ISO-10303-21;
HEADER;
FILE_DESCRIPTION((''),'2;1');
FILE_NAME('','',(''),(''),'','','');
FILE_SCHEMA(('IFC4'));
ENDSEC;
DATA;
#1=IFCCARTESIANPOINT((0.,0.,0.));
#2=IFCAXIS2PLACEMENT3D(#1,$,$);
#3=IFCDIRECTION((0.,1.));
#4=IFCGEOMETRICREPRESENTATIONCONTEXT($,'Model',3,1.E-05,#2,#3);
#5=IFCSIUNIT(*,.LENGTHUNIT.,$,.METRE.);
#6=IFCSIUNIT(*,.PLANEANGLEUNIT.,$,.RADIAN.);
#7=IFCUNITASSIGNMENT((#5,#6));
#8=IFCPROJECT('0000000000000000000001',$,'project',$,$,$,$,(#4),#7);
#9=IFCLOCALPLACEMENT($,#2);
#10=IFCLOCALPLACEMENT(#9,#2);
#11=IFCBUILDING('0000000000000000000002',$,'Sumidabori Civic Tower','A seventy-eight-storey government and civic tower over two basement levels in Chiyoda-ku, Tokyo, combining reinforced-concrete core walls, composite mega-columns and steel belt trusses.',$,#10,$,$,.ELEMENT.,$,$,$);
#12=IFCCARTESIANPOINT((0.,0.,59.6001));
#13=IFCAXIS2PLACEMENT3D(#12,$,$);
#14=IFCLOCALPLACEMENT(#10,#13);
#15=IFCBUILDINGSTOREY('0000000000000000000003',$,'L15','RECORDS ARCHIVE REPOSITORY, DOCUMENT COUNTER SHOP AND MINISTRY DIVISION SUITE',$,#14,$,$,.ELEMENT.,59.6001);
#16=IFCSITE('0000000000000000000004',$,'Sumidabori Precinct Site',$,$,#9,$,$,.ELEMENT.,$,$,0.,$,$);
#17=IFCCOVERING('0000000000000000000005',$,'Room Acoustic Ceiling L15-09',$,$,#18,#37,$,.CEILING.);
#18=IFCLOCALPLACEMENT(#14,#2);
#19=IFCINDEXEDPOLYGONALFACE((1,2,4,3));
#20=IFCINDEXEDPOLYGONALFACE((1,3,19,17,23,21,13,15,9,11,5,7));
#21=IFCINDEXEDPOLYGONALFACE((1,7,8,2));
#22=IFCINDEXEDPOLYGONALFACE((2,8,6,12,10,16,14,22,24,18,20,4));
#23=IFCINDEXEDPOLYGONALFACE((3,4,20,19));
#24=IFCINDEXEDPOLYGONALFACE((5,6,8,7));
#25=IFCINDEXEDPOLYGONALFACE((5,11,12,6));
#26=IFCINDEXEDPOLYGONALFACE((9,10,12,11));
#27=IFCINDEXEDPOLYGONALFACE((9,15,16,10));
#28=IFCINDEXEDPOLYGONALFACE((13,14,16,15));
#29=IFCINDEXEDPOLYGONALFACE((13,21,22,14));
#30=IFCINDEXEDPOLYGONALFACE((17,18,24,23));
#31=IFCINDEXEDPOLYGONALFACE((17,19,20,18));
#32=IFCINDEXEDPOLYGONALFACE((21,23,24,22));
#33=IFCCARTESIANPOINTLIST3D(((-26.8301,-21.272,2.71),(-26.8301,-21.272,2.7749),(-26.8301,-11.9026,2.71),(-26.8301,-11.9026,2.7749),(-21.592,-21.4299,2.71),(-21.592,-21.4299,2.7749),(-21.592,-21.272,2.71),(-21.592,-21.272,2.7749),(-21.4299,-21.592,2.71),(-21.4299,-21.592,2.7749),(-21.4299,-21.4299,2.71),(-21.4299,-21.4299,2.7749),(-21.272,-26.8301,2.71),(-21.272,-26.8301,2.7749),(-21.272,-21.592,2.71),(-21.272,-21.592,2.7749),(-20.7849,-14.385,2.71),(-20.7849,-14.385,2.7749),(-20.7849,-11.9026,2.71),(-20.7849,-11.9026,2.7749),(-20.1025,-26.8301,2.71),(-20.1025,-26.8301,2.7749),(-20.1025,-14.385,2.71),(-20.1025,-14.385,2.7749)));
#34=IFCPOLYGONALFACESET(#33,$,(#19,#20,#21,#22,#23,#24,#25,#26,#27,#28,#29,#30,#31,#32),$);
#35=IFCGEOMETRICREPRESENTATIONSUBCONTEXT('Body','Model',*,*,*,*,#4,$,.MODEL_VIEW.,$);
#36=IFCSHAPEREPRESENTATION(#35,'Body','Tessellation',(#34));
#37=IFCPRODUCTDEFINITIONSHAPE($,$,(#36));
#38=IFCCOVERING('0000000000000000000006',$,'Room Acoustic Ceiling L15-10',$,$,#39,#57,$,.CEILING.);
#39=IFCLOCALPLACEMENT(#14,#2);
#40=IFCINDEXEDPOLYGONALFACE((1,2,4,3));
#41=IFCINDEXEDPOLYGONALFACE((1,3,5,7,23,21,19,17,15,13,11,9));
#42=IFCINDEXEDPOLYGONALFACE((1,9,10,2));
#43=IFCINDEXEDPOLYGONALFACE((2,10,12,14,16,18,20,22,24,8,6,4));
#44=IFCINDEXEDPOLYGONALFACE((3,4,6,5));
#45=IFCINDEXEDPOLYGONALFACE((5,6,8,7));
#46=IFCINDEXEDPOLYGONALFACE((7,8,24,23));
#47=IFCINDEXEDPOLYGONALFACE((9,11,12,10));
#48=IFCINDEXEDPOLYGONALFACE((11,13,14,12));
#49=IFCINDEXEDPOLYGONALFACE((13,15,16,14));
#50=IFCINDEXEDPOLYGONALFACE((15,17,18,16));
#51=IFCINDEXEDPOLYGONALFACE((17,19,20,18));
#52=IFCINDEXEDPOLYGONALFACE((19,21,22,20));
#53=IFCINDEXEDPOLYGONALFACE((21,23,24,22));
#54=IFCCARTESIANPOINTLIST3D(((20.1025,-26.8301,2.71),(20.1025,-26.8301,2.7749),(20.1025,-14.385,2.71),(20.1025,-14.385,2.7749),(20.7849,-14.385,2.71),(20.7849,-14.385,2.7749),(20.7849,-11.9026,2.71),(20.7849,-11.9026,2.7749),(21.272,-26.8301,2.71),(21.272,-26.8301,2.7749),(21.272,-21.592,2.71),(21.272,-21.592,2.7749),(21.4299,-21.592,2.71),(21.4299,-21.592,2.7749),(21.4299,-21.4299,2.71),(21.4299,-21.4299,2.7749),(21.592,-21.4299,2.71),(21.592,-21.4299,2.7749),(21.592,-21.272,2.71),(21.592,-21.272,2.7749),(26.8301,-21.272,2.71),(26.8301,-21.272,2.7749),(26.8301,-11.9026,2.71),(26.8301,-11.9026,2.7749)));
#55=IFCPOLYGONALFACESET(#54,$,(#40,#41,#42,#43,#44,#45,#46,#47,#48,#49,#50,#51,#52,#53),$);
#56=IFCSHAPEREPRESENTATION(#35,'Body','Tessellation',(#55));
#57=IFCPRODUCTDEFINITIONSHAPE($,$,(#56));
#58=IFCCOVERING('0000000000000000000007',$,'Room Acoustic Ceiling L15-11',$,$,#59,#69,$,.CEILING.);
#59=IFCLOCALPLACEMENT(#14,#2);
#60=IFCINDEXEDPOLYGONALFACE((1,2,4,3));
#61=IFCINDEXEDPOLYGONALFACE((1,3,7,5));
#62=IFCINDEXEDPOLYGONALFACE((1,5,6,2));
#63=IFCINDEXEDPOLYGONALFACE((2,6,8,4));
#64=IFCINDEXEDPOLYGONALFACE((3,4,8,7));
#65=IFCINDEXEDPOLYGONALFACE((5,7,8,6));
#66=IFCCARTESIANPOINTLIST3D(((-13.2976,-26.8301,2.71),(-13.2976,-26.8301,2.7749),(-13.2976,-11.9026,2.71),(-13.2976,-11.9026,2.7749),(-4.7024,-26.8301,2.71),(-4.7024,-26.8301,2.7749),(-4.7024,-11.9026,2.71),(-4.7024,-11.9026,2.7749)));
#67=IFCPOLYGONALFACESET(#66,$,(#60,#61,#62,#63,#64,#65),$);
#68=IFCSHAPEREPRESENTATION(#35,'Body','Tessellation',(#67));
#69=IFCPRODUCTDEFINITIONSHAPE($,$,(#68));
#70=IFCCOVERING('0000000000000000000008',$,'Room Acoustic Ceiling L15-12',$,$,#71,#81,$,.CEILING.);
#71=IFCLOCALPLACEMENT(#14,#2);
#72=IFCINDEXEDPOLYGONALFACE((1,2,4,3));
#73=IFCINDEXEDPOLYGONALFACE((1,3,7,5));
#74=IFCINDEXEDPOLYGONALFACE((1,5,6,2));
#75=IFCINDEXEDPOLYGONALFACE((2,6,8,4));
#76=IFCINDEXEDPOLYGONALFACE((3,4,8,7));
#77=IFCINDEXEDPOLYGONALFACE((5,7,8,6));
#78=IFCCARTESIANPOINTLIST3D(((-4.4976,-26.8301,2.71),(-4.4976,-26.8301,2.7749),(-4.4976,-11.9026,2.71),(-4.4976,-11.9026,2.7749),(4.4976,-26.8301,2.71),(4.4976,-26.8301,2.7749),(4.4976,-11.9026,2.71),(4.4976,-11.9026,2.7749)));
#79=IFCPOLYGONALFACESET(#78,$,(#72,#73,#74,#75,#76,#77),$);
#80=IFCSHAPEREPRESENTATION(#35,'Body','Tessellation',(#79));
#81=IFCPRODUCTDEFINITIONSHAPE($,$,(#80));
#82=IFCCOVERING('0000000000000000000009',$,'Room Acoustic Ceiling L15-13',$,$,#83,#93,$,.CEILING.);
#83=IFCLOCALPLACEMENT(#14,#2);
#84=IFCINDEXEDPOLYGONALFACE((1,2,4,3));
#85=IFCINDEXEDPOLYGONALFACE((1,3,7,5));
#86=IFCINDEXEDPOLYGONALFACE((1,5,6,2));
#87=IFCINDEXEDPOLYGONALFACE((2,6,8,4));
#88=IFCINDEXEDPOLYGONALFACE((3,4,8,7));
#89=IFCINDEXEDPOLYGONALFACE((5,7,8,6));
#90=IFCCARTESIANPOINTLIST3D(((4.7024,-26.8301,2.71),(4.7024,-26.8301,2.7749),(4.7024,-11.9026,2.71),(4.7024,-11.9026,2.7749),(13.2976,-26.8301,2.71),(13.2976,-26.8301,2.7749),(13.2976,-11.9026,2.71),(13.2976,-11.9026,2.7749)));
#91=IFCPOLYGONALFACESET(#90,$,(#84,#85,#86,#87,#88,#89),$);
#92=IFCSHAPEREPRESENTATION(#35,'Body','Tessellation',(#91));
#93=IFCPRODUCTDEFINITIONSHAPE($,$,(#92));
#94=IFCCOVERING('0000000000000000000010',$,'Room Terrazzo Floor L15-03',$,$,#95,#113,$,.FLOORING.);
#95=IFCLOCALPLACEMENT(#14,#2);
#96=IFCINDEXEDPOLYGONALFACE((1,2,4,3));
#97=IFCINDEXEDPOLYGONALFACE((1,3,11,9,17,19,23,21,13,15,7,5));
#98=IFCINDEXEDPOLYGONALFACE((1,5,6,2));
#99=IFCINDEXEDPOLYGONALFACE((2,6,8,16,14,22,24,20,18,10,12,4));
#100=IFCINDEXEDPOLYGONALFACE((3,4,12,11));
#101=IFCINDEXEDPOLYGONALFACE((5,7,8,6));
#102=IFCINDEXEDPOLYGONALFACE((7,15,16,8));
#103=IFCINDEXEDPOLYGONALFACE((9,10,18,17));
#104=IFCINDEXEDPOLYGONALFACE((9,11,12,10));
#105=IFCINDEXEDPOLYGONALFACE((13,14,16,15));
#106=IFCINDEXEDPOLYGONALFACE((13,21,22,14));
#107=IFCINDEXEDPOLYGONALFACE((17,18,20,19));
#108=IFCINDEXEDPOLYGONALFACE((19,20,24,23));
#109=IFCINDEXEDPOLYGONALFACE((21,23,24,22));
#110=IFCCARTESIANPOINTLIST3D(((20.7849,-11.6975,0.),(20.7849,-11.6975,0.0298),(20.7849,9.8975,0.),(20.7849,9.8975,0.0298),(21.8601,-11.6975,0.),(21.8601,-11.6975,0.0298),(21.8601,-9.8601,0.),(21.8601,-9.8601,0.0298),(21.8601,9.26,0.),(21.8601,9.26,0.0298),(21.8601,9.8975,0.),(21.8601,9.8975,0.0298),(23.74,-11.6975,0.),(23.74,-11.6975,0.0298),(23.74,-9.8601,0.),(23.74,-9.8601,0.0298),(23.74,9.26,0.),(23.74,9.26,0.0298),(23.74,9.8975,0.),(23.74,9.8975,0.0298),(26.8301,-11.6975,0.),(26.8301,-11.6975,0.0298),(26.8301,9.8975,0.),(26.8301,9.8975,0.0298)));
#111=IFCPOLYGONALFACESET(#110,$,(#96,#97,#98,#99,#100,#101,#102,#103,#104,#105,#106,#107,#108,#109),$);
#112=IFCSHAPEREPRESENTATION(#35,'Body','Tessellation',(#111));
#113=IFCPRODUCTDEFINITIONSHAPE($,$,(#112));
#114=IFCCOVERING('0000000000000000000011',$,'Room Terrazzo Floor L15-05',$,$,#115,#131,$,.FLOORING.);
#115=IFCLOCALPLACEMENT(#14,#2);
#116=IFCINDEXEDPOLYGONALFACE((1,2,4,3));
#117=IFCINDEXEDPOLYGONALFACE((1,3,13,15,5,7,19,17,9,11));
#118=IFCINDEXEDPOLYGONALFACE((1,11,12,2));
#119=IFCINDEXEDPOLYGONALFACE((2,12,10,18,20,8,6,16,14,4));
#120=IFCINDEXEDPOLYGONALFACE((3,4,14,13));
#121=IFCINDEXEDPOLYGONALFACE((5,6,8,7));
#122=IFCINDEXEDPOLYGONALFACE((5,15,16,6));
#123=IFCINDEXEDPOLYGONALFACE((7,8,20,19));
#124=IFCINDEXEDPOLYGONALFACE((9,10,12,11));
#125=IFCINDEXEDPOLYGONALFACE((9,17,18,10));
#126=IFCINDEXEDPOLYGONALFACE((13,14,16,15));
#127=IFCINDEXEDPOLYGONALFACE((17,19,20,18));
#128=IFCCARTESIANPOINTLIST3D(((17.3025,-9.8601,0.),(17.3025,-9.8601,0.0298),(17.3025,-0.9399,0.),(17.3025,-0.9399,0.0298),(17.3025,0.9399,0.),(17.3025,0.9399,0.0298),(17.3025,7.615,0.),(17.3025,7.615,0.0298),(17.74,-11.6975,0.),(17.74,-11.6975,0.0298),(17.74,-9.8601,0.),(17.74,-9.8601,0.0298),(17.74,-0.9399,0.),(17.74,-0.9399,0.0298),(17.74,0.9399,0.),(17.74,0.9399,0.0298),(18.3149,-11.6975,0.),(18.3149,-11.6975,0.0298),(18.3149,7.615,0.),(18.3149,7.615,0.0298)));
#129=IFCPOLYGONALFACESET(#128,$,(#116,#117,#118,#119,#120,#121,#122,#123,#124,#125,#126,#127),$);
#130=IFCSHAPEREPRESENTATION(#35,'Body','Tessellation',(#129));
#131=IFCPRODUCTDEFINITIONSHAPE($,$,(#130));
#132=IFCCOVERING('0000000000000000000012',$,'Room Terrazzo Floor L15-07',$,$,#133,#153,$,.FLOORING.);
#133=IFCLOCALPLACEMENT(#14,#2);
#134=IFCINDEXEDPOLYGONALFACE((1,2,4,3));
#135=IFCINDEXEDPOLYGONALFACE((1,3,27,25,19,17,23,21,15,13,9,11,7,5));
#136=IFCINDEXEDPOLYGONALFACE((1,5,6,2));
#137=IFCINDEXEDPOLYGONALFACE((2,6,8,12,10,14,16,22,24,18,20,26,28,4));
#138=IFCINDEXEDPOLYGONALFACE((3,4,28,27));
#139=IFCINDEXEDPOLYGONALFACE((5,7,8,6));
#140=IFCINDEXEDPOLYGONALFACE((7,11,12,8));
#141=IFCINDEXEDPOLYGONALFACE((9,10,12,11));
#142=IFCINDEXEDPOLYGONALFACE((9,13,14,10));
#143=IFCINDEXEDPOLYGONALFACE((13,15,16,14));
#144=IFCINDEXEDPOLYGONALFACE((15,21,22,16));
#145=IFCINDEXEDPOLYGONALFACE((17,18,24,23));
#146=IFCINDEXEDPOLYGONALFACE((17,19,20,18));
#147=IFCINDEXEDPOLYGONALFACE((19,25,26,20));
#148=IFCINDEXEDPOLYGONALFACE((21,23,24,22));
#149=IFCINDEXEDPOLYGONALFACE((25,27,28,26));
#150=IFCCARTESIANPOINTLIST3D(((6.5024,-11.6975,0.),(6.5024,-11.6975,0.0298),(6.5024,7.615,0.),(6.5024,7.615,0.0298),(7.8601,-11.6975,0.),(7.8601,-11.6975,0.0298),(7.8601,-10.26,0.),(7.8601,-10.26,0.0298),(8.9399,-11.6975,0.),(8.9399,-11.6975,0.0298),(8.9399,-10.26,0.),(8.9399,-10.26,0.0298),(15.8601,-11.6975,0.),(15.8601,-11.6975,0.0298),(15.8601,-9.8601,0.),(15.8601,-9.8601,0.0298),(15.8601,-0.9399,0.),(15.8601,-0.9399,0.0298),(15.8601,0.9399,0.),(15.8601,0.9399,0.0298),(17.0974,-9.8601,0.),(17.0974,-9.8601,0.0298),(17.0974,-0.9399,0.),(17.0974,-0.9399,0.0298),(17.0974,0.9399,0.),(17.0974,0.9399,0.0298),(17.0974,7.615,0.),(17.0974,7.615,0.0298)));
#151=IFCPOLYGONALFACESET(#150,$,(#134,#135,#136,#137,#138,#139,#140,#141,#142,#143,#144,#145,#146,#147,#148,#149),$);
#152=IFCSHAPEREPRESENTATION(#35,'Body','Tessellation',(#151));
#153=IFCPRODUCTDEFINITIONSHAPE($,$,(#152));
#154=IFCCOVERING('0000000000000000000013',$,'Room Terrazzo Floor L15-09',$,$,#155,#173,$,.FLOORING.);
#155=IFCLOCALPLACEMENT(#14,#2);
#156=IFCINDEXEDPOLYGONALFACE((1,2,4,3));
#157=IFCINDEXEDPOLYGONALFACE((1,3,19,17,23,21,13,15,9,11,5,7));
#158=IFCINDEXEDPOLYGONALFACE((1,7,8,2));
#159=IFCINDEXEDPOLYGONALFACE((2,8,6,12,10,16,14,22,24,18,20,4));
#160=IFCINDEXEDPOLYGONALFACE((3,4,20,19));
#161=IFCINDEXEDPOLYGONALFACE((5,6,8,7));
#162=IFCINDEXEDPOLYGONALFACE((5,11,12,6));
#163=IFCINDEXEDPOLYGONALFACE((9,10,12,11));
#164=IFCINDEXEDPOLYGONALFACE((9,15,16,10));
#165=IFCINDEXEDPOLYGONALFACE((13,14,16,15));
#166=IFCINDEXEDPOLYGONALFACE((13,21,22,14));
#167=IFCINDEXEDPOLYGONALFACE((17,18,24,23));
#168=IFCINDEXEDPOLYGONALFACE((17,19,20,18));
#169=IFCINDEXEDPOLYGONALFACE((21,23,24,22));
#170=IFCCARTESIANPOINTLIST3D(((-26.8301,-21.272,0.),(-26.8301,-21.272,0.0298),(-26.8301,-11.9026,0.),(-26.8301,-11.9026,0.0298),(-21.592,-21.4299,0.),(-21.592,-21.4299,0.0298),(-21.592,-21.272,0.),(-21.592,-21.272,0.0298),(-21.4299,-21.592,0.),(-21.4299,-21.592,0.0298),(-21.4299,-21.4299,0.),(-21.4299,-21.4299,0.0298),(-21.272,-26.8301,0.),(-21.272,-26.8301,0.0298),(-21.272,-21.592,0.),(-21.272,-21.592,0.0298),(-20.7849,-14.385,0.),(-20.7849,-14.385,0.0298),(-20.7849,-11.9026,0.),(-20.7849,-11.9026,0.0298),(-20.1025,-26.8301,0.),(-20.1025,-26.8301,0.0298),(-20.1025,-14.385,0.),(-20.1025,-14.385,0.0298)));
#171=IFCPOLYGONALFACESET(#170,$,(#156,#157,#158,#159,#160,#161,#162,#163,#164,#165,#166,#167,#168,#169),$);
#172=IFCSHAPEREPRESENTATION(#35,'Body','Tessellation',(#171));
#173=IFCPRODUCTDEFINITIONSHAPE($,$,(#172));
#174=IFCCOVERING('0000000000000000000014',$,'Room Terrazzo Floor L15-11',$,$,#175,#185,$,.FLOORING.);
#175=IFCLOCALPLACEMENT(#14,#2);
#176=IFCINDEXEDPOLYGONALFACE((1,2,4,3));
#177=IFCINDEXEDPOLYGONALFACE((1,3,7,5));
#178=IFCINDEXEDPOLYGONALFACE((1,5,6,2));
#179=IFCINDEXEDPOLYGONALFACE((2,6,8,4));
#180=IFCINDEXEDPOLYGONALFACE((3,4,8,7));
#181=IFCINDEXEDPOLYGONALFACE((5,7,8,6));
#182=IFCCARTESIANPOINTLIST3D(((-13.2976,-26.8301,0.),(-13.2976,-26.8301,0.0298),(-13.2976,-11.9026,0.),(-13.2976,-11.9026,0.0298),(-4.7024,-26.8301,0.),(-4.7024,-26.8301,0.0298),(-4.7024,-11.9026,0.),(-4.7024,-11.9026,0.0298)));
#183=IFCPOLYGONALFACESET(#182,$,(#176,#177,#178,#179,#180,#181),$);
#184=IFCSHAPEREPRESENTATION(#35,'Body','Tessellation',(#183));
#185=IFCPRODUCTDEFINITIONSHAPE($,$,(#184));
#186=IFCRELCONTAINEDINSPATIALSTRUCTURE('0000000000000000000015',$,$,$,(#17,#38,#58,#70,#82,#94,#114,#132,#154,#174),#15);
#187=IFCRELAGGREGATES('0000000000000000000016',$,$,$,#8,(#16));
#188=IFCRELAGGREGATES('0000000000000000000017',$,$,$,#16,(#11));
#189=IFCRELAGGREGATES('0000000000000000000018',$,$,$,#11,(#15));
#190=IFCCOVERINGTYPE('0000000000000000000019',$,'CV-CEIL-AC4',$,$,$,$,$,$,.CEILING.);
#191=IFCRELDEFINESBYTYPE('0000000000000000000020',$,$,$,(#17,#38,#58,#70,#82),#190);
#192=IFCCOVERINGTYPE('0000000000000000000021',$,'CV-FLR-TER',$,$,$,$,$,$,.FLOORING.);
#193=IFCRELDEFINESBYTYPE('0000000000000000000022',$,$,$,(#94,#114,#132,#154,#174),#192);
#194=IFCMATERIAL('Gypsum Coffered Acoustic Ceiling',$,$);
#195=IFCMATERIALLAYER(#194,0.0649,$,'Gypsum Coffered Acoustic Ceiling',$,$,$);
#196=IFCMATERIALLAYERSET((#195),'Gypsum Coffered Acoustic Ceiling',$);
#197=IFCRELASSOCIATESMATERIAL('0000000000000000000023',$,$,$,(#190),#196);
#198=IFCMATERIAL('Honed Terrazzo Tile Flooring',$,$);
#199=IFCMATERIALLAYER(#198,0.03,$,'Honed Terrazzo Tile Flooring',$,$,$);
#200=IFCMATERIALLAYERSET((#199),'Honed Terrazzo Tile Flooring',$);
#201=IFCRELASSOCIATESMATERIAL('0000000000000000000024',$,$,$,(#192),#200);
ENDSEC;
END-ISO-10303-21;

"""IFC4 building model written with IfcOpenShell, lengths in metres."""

from ifc_helpers import new_model, si_unit, direction, frame, origin, place, context, subcontext, project, spatial, polyline, outline, extrude, material, layer, layer_set, type_object, element, save


model = new_model("IFC4")

# Units and contexts
model_context = context("Model", 3, precision=1e-05, world=origin(), true_north=direction((0.0, 1.0)))
body_context = subcontext(model_context, "Body", "Model", "MODEL_VIEW")
ifc_project = project(units=[si_unit("LENGTHUNIT", "METRE"), si_unit("PLANEANGLEUNIT", "RADIAN")], contexts=[model_context])

# Site, building, storey
site_placement = place(None, origin())
site = spatial("IfcSite", under=ifc_project, at=site_placement, Name="Sumidabori Precinct Site", CompositionType="ELEMENT", RefElevation=0.0)
building_placement = place(site_placement, origin())
building = spatial("IfcBuilding", under=site, at=building_placement, Name="Sumidabori Civic Tower", Description="A seventy-eight-storey government and civic tower over two basement levels in Chiyoda-ku, Tokyo, combining reinforced-concrete core walls, composite mega-columns and steel belt trusses.", CompositionType="ELEMENT")
storey_placement = place(building_placement, frame((0.0, 0.0, 59.6001)))
storey = spatial("IfcBuildingStorey", under=building, at=storey_placement, Name="L15", Description="RECORDS ARCHIVE REPOSITORY, DOCUMENT COUNTER SHOP AND MINISTRY DIVISION SUITE", CompositionType="ELEMENT", Elevation=59.6001)

# Coverings
ifc_material_1 = material(Name="Gypsum Coffered Acoustic Ceiling")
ifc_layer_1 = layer(ifc_material_1, 0.0649, Name="Gypsum Coffered Acoustic Ceiling")
ifc_layer_set_1 = layer_set([ifc_layer_1], Name="Gypsum Coffered Acoustic Ceiling")
covering_type_1 = type_object("IfcCoveringType", Name="CV-CEIL-AC4", PredefinedType="CEILING", material=ifc_layer_set_1)
covering_1_placement = place(storey_placement, frame((0.0, 0.0, 2.71)))
element("IfcCovering", 1, at=covering_1_placement, inside=storey, type_object=covering_type_1, Name="Room Acoustic Ceiling L15-09", PredefinedType="CEILING", context=body_context, shape_type="SweptSolid", body=[
    extrude(outline(polyline([(-26.8301, -21.272), (-26.8301, -11.9026), (-20.7849, -11.9026), (-20.7849, -14.385), (-20.1025, -14.385), (-20.1025, -26.8301), (-21.272, -26.8301), (-21.272, -21.592), (-21.4299, -21.592), (-21.4299, -21.4299), (-21.592, -21.4299), (-21.592, -21.272), (-26.8301, -21.272)])), origin(), (0.0, 0.0, 1.0), 0.0649),
])
covering_2_placement = place(storey_placement, frame((0.0, 0.0, 2.71)))
element("IfcCovering", 2, at=covering_2_placement, inside=storey, type_object=covering_type_1, Name="Room Acoustic Ceiling L15-10", PredefinedType="CEILING", context=body_context, shape_type="SweptSolid", body=[
    extrude(outline(polyline([(20.7849, -14.385), (20.7849, -11.9026), (26.8301, -11.9026), (26.8301, -21.272), (21.592, -21.272), (21.592, -21.4299), (21.4299, -21.4299), (21.4299, -21.592), (21.272, -21.592), (21.272, -26.8301), (20.1025, -26.8301), (20.1025, -14.385), (20.7849, -14.385)])), origin(), (0.0, 0.0, 1.0), 0.0649),
])
covering_3_placement = place(storey_placement, frame((0.0, 0.0, 2.71)))
element("IfcCovering", 3, at=covering_3_placement, inside=storey, type_object=covering_type_1, Name="Room Acoustic Ceiling L15-11", PredefinedType="CEILING", context=body_context, shape_type="SweptSolid", body=[
    extrude(outline(polyline([(-4.7024, -26.8301), (-13.2976, -26.8301), (-13.2976, -11.9026), (-4.7024, -11.9026), (-4.7024, -26.8301)])), origin(), (0.0, 0.0, 1.0), 0.0649),
])
covering_4_placement = place(storey_placement, frame((0.0, 0.0, 2.71)))
element("IfcCovering", 4, at=covering_4_placement, inside=storey, type_object=covering_type_1, Name="Room Acoustic Ceiling L15-12", PredefinedType="CEILING", context=body_context, shape_type="SweptSolid", body=[
    extrude(outline(polyline([(4.4976, -26.8301), (-4.4976, -26.8301), (-4.4976, -11.9026), (4.4976, -11.9026), (4.4976, -26.8301)])), origin(), (0.0, 0.0, 1.0), 0.0649),
])
covering_5_placement = place(storey_placement, frame((0.0, 0.0, 2.71)))
element("IfcCovering", 5, at=covering_5_placement, inside=storey, type_object=covering_type_1, Name="Room Acoustic Ceiling L15-13", PredefinedType="CEILING", context=body_context, shape_type="SweptSolid", body=[
    extrude(outline(polyline([(13.2976, -26.8301), (4.7024, -26.8301), (4.7024, -11.9026), (13.2976, -11.9026), (13.2976, -26.8301)])), origin(), (0.0, 0.0, 1.0), 0.0649),
])
ifc_material_2 = material(Name="Honed Terrazzo Tile Flooring")
ifc_layer_2 = layer(ifc_material_2, 0.03, Name="Honed Terrazzo Tile Flooring")
ifc_layer_set_2 = layer_set([ifc_layer_2], Name="Honed Terrazzo Tile Flooring")
covering_type_2 = type_object("IfcCoveringType", Name="CV-FLR-TER", PredefinedType="FLOORING", material=ifc_layer_set_2)
covering_6_placement = place(storey_placement, origin())
element("IfcCovering", 6, at=covering_6_placement, inside=storey, type_object=covering_type_2, Name="Room Terrazzo Floor L15-03", PredefinedType="FLOORING", context=body_context, shape_type="SweptSolid", body=[
    extrude(outline(polyline([(20.7849, 9.8975), (21.8601, 9.8975), (21.8601, 9.26), (23.74, 9.26), (23.74, 9.8975), (26.8301, 9.8975), (26.8301, -11.6975), (23.74, -11.6975), (23.74, -9.8601), (21.8601, -9.8601), (21.8601, -11.6975), (20.7849, -11.6975), (20.7849, 9.8975)])), origin(), (0.0, 0.0, 1.0), 0.0298),
])
covering_7_placement = place(storey_placement, origin())
element("IfcCovering", 7, at=covering_7_placement, inside=storey, type_object=covering_type_2, Name="Room Terrazzo Floor L15-05", PredefinedType="FLOORING", context=body_context, shape_type="SweptSolid", body=[
    extrude(outline(polyline([(18.3149, 7.615), (18.3149, -11.6975), (17.74, -11.6975), (17.74, -9.8601), (17.3025, -9.8601), (17.3025, -0.9399), (17.74, -0.9399), (17.74, 0.9399), (17.3025, 0.9399), (17.3025, 7.615), (18.3149, 7.615)])), origin(), (0.0, 0.0, 1.0), 0.0298),
])
covering_8_placement = place(storey_placement, origin())
element("IfcCovering", 8, at=covering_8_placement, inside=storey, type_object=covering_type_2, Name="Room Terrazzo Floor L15-07", PredefinedType="FLOORING", context=body_context, shape_type="SweptSolid", body=[
    extrude(outline(polyline([(6.5024, 7.615), (17.0974, 7.615), (17.0974, 0.9399), (15.8601, 0.9399), (15.8601, -0.9399), (17.0974, -0.9399), (17.0974, -9.8601), (15.8601, -9.8601), (15.8601, -11.6975), (8.9399, -11.6975), (8.9399, -10.26), (7.8601, -10.26), (7.8601, -11.6975), (6.5024, -11.6975), (6.5024, 7.615)])), origin(), (0.0, 0.0, 1.0), 0.0298),
])
covering_9_placement = place(storey_placement, origin())
element("IfcCovering", 9, at=covering_9_placement, inside=storey, type_object=covering_type_2, Name="Room Terrazzo Floor L15-09", PredefinedType="FLOORING", context=body_context, shape_type="SweptSolid", body=[
    extrude(outline(polyline([(-26.8301, -21.272), (-26.8301, -11.9026), (-20.7849, -11.9026), (-20.7849, -14.385), (-20.1025, -14.385), (-20.1025, -26.8301), (-21.272, -26.8301), (-21.272, -21.592), (-21.4299, -21.592), (-21.4299, -21.4299), (-21.592, -21.4299), (-21.592, -21.272), (-26.8301, -21.272)])), origin(), (0.0, 0.0, 1.0), 0.0298),
])
covering_10_placement = place(storey_placement, origin())
element("IfcCovering", 10, at=covering_10_placement, inside=storey, type_object=covering_type_2, Name="Room Terrazzo Floor L15-11", PredefinedType="FLOORING", context=body_context, shape_type="SweptSolid", body=[
    extrude(outline(polyline([(-4.7024, -26.8301), (-13.2976, -26.8301), (-13.2976, -11.9026), (-4.7024, -11.9026), (-4.7024, -26.8301)])), origin(), (0.0, 0.0, 1.0), 0.0298),
])

save(model, "model.ifc")
